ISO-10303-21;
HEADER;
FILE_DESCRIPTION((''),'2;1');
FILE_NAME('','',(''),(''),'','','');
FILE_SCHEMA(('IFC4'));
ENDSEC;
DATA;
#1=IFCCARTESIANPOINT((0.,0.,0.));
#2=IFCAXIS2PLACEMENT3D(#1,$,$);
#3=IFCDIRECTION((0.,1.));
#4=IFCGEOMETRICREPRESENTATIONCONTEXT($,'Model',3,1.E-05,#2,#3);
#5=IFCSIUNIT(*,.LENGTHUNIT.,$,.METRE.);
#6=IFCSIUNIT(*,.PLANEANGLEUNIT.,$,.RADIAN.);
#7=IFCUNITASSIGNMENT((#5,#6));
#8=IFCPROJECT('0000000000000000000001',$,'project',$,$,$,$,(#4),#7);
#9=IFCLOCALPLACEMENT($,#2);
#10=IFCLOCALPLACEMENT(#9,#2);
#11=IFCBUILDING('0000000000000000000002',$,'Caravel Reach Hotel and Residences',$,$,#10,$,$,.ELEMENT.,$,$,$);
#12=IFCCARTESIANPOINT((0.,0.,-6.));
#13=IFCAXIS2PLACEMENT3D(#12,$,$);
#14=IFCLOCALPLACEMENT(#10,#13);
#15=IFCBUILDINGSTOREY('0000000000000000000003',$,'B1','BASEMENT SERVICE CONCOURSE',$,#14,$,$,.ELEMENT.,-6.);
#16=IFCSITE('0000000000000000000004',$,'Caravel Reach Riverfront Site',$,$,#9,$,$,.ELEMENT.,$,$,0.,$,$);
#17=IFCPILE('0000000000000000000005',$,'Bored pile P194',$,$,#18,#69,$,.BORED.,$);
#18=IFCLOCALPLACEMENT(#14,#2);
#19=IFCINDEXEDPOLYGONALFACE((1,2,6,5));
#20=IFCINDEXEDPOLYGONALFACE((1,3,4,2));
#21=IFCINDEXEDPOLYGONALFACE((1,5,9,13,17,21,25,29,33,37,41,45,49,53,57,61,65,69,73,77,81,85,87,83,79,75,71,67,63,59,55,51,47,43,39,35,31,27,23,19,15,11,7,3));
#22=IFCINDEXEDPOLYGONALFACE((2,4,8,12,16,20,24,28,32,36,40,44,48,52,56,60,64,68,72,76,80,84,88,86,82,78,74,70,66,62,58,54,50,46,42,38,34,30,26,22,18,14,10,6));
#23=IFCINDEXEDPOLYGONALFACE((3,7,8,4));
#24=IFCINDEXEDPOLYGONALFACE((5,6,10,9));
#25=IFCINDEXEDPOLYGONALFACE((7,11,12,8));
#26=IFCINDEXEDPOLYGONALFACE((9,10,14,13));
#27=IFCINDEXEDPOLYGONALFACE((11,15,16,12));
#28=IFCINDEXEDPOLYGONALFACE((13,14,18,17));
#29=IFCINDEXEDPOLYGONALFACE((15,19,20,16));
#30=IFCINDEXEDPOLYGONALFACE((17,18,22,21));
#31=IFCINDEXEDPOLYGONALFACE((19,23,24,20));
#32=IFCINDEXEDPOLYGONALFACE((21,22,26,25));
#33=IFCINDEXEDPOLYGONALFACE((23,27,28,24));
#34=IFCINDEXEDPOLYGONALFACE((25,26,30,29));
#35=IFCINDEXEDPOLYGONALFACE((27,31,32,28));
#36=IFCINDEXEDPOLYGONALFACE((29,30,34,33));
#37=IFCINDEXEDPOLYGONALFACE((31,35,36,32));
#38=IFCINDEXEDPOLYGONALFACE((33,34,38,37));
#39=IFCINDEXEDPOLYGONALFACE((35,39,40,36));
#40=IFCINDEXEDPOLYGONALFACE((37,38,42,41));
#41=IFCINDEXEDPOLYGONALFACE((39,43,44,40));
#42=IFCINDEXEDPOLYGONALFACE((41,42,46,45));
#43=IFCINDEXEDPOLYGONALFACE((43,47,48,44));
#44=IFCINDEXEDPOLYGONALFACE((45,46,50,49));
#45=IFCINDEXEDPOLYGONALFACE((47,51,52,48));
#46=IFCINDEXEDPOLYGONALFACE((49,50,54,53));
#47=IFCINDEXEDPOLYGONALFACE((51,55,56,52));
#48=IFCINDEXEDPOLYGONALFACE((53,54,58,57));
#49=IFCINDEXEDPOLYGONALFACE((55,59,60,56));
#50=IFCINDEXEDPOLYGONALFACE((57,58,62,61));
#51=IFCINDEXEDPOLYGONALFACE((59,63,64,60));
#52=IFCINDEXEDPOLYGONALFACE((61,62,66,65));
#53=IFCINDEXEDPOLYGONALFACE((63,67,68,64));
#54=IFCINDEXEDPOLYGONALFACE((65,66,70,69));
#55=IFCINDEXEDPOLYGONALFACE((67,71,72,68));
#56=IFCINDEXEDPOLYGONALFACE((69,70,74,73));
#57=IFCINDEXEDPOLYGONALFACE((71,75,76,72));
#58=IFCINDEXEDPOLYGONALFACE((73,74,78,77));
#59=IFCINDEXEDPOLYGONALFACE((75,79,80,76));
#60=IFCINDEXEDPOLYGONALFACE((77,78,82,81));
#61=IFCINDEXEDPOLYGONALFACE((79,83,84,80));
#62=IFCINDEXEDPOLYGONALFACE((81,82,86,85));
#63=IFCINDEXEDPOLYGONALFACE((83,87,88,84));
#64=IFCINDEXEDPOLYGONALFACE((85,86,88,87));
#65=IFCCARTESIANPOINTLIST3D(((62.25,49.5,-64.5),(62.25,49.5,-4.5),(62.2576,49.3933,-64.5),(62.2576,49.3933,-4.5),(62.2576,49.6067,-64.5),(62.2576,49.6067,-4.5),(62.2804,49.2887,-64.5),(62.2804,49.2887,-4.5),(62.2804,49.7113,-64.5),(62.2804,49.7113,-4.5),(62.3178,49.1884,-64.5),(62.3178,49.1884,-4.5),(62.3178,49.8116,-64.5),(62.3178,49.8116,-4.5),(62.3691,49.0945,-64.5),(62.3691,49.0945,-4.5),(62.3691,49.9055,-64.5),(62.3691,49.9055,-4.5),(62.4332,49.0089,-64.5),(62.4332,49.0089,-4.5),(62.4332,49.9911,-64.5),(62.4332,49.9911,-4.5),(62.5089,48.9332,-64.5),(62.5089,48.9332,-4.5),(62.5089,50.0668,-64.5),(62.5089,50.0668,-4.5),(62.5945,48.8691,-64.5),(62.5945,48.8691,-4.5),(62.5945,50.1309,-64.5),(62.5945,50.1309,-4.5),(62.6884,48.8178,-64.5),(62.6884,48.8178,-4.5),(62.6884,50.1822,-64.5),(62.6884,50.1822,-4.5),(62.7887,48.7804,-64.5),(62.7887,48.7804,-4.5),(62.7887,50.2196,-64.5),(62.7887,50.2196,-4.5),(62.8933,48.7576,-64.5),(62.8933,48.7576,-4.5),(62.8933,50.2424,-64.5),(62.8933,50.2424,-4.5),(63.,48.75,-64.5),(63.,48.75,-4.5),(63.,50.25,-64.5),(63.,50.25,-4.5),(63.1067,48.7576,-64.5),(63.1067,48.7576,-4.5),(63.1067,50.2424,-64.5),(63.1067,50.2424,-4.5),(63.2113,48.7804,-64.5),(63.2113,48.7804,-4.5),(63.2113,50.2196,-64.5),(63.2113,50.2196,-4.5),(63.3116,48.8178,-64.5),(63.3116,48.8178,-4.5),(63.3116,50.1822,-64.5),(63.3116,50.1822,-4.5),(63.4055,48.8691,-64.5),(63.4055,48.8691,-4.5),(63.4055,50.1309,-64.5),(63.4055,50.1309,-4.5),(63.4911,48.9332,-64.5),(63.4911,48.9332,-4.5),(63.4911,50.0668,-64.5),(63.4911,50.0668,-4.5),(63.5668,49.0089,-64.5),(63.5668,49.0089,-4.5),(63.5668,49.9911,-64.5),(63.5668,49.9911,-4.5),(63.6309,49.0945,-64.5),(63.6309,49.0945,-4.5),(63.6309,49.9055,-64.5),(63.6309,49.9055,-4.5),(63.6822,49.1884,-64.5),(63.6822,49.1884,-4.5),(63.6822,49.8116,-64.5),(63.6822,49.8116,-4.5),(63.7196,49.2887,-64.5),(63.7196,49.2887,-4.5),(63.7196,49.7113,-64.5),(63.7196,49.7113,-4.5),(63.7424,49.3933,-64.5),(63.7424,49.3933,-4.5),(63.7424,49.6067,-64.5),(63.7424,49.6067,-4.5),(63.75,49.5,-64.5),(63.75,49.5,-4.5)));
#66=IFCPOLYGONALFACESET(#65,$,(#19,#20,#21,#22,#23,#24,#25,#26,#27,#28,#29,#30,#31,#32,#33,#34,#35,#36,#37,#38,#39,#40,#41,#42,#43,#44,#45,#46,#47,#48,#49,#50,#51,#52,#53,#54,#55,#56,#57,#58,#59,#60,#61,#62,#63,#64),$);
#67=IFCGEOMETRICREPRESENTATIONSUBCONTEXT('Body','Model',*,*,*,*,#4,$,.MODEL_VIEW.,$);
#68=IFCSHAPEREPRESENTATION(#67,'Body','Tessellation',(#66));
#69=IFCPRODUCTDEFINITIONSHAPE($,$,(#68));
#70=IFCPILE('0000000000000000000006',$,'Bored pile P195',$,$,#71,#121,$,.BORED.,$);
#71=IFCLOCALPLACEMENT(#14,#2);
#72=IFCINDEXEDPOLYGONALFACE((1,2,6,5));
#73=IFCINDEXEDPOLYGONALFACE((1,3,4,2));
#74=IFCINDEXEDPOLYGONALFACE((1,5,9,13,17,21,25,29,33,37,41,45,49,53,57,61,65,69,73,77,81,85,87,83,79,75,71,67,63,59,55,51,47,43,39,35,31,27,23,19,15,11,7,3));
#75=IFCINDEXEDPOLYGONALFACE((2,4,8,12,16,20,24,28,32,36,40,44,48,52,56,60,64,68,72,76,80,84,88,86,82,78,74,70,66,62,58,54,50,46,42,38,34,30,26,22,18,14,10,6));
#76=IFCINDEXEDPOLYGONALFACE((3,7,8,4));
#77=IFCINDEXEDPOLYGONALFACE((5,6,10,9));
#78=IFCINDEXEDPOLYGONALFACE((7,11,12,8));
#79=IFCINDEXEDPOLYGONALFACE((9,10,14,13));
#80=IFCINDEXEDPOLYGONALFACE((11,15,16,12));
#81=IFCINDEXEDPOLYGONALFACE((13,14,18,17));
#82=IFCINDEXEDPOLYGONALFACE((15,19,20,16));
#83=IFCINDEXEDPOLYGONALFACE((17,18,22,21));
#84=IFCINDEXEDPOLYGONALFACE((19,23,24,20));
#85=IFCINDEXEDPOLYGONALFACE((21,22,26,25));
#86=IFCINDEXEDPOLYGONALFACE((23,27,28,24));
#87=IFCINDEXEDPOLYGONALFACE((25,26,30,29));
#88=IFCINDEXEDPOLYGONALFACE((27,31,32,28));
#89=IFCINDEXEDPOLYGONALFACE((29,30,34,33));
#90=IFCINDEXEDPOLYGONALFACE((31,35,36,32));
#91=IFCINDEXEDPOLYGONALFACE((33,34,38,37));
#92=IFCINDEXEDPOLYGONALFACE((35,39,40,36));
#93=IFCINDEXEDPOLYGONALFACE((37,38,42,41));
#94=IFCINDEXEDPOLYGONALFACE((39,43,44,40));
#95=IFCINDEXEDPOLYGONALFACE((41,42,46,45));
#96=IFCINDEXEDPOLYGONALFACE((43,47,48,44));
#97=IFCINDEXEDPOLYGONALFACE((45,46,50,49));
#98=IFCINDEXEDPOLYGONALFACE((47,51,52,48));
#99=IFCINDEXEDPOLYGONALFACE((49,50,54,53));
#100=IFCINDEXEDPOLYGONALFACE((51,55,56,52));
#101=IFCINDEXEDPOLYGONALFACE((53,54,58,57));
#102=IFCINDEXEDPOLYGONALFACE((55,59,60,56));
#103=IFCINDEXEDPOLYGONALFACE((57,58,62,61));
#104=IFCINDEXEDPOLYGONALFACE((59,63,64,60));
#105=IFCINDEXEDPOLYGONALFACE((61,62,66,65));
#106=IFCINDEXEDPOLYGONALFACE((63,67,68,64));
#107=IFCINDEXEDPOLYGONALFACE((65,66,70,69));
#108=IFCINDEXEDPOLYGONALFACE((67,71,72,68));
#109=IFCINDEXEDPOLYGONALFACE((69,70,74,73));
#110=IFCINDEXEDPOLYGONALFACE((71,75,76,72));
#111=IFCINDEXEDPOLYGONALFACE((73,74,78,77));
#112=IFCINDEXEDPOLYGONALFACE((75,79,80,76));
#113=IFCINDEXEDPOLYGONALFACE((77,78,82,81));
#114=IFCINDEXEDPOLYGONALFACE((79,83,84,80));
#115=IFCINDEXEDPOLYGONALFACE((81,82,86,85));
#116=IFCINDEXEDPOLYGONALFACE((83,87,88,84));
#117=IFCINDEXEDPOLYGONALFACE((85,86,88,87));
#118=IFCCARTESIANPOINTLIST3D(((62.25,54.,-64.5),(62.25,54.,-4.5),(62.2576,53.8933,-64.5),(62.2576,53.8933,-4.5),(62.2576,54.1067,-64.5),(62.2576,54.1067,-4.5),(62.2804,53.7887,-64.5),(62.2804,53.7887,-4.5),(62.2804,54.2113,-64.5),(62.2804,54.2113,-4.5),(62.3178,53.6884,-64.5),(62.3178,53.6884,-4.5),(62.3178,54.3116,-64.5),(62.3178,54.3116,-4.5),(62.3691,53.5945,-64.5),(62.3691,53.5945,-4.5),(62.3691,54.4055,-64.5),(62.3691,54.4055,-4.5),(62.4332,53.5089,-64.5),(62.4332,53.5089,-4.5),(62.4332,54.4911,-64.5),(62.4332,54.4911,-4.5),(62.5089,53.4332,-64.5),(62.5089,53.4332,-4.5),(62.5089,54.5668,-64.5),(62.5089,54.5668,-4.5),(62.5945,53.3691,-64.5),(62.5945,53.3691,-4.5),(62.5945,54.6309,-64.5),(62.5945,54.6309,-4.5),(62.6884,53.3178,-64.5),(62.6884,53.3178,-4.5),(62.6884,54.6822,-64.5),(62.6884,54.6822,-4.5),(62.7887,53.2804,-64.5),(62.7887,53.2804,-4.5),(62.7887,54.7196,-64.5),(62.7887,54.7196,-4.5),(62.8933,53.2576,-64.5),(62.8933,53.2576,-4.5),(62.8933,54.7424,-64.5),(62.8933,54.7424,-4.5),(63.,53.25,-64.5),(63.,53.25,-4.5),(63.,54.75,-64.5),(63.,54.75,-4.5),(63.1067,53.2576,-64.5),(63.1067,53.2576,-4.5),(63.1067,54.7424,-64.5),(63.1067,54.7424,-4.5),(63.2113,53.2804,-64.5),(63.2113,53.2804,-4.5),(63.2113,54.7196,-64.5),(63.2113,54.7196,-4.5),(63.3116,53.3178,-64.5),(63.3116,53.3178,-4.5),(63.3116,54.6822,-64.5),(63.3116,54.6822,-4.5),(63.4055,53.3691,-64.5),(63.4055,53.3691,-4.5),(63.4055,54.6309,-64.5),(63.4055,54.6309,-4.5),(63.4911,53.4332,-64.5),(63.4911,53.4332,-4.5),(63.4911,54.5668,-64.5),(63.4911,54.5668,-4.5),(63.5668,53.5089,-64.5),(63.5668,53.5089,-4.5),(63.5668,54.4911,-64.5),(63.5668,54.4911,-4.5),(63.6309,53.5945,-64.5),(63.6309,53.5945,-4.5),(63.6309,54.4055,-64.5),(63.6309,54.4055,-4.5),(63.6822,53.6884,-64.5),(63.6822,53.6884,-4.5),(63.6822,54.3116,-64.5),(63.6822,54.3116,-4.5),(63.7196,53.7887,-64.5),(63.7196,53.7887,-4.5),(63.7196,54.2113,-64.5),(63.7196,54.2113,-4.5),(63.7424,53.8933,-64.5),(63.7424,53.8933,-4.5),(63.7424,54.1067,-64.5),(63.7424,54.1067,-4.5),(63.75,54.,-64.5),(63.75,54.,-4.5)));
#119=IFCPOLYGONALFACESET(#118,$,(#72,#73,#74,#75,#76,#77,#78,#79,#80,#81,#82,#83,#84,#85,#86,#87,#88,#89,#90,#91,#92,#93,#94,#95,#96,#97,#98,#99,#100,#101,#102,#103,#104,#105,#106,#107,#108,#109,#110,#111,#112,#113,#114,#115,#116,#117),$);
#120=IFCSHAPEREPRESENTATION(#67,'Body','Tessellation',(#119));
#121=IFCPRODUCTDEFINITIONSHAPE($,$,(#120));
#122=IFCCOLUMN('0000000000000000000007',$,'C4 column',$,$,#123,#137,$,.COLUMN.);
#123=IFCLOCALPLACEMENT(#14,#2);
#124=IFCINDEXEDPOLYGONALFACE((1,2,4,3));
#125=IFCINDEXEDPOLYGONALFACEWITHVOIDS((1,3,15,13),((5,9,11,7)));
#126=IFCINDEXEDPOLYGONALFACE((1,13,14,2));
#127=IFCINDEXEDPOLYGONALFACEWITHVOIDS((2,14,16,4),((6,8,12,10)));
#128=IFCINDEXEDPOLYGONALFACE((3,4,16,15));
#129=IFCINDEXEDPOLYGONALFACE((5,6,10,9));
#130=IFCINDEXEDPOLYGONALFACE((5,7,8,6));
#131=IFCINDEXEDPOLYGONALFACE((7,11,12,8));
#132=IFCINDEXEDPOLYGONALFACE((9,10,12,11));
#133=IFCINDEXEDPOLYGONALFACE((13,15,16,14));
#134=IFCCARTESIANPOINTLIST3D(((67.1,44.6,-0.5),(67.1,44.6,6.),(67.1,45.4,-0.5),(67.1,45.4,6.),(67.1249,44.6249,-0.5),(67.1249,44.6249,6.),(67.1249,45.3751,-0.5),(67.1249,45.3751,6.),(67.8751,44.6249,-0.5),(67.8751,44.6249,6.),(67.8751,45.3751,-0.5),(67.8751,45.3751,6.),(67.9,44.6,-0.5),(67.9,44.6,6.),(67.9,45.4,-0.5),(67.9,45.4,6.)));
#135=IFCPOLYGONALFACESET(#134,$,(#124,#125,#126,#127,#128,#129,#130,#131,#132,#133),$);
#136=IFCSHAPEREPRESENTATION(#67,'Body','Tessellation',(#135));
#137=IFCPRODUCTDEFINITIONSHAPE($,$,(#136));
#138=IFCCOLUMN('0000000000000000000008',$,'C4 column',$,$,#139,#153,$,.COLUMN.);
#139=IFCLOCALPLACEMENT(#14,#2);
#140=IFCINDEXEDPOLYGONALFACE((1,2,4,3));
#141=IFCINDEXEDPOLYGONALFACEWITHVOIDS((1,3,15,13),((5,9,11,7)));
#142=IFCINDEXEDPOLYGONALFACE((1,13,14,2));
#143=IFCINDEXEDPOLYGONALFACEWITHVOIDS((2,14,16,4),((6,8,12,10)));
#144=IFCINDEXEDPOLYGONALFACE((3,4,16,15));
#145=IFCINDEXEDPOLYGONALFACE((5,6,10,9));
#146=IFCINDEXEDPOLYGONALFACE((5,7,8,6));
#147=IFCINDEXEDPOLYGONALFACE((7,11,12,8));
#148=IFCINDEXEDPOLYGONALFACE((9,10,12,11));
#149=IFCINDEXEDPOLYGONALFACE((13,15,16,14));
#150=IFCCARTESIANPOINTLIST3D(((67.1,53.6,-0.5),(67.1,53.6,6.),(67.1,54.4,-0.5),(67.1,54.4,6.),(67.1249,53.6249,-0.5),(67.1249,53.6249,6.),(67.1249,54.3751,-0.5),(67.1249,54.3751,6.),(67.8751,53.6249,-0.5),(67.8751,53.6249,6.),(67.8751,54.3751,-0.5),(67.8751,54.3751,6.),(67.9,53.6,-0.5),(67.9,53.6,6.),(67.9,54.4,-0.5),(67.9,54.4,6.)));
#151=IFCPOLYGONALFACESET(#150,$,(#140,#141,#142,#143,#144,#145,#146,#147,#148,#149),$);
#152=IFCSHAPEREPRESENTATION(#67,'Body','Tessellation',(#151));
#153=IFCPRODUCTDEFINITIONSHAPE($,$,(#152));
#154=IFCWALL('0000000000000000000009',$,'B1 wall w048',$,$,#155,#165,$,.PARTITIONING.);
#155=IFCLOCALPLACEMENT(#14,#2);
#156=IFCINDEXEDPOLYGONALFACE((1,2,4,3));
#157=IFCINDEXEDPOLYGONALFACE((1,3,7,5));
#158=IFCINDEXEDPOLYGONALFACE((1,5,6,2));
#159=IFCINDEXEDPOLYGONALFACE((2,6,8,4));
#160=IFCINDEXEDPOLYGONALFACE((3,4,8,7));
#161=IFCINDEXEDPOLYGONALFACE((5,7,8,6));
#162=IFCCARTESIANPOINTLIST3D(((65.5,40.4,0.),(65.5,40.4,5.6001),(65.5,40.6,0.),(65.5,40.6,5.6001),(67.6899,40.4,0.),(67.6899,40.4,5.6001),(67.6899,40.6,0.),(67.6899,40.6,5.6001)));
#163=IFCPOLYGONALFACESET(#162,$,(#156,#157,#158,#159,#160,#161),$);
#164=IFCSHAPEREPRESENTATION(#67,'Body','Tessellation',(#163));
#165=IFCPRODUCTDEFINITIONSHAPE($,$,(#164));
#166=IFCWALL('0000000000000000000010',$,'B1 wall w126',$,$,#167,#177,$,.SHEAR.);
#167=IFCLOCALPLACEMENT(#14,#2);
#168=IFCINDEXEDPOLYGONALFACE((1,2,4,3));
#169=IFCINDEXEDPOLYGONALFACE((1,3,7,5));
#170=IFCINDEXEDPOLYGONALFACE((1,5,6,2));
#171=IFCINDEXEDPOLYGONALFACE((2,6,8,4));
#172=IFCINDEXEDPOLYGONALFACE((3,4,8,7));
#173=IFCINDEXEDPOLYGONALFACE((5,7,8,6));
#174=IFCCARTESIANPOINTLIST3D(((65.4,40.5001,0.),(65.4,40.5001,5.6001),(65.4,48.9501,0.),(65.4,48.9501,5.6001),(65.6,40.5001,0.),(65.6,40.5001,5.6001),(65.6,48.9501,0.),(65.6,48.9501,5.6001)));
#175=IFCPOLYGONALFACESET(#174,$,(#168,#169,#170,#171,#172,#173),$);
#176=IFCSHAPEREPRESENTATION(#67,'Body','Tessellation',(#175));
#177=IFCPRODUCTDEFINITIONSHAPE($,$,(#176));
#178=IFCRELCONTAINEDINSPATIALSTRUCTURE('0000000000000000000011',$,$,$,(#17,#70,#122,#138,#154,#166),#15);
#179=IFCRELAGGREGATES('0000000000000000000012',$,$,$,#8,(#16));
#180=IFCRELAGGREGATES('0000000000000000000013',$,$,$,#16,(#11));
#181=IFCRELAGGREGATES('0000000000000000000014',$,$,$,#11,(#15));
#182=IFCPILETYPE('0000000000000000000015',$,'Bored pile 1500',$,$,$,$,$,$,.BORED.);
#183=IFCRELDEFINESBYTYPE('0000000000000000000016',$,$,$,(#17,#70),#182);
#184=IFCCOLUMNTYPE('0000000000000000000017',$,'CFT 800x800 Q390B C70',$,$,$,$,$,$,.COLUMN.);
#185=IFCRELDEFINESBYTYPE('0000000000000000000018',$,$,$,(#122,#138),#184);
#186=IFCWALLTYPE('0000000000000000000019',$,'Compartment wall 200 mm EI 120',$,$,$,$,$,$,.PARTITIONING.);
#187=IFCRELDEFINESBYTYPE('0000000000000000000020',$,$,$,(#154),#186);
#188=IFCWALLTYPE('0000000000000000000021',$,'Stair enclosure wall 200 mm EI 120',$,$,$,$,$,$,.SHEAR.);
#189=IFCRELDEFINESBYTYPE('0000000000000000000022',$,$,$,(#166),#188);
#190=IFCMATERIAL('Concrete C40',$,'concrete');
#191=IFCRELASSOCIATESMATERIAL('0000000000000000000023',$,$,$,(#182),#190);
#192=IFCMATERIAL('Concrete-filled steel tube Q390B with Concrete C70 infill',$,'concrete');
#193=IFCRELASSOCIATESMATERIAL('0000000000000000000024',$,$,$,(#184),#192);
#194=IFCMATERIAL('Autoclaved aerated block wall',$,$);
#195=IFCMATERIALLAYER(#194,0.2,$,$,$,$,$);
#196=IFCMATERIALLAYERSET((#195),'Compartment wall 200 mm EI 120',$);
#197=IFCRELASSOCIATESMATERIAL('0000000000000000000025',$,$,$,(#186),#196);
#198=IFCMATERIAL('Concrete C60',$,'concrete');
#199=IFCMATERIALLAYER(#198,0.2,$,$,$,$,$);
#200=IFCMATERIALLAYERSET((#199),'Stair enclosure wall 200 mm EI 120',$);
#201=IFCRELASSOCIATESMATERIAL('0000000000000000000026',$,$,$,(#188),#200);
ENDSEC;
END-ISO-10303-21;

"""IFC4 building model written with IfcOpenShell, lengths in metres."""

from ifc_helpers import new_model, si_unit, direction, frame, frame_2d, origin, origin_2d, place, context, subcontext, project, spatial, rectangle, hollow_rectangle, circle, extrude, material, layer, layer_set, material_profile, profile_set, type_object, element, save


model = new_model("IFC4")

# Units and contexts
model_context = context("Model", 3, precision=1e-05, world=origin(), true_north=direction((0.0, 1.0)))
body_context = subcontext(model_context, "Body", "Model", "MODEL_VIEW")
ifc_project = project(units=[si_unit("LENGTHUNIT", "METRE"), si_unit("PLANEANGLEUNIT", "RADIAN")], contexts=[model_context])

# Site, building, storey
site_placement = place(None, origin())
site = spatial("IfcSite", under=ifc_project, at=site_placement, Name="Caravel Reach Riverfront Site", CompositionType="ELEMENT", RefElevation=0.0)
building_placement = place(site_placement, origin())
building = spatial("IfcBuilding", under=site, at=building_placement, Name="Caravel Reach Hotel and Residences", CompositionType="ELEMENT")
storey_placement = place(building_placement, frame((0.0, 0.0, -6.0)))
storey = spatial("IfcBuildingStorey", under=building, at=storey_placement, Name="B1", Description="BASEMENT SERVICE CONCOURSE", CompositionType="ELEMENT", Elevation=-6.0)

# Piles
ifc_material_1 = material(Name="Concrete C40", Category="concrete")
ifc_material_profile_1 = material_profile(ifc_material_1, circle(Radius=0.75, at=origin_2d()), Name="PILE 1500")
ifc_profile_set_1 = profile_set([ifc_material_profile_1], Name="Concrete C40")
pile_type_1 = type_object("IfcPileType", Name="Bored pile 1500", PredefinedType="BORED", material=ifc_profile_set_1)
for number, where, z_axis, x_axis, name in (
    (1, (63.0, 49.5, -4.5), (0.0, 0.0, -1.0), (1.0, 0.0, 0.0), "Bored pile P194"),
    (2, (63.0, 54.0, -4.5), (0.0, 0.0, -1.0), (1.0, 0.0, 0.0), "Bored pile P195"),
):
    element("IfcPile", number, at=place(storey_placement, frame(where, z_axis=z_axis, x_axis=x_axis)), inside=storey, type_object=pile_type_1, Name=name, PredefinedType="BORED", context=body_context, shape_type="SweptSolid", body=[
        extrude(circle(Radius=0.75, at=origin_2d()), origin(), (0.0, 0.0, 1.0), 60.0),
    ])

# Columns
ifc_material_2 = material(Name="Concrete-filled steel tube Q390B with Concrete C70 infill", Category="concrete")
ifc_material_profile_2 = material_profile(ifc_material_2, hollow_rectangle(XDim=0.8, YDim=0.8, WallThickness=0.0249, at=origin_2d()), Name="RHS 800x800x25")
ifc_profile_set_2 = profile_set([ifc_material_profile_2], Name="Concrete-filled steel tube Q390B with Concrete C70 infill")
column_type = type_object("IfcColumnType", Name="CFT 800x800 Q390B C70", PredefinedType="COLUMN", material=ifc_profile_set_2)
for number, where, z_axis, x_axis, name in (
    (3, (67.5, 45.0, -0.5), (0.0, 0.0, 1.0), (1.0, 0.0, 0.0), "C4 column"),
    (4, (67.5, 54.0, -0.5), (0.0, 0.0, 1.0), (1.0, 0.0, 0.0), "C4 column"),
):
    element("IfcColumn", number, at=place(storey_placement, frame(where, z_axis=z_axis, x_axis=x_axis)), inside=storey, type_object=column_type, Name=name, PredefinedType="COLUMN", context=body_context, shape_type="SweptSolid", body=[
        extrude(hollow_rectangle(XDim=0.8, YDim=0.8, WallThickness=0.0249, at=origin_2d()), origin(), (0.0, 0.0, 1.0), 6.5),
    ])

# Walls
ifc_material_3 = material(Name="Autoclaved aerated block wall")
ifc_layer_1 = layer(ifc_material_3, 0.2)
ifc_layer_set_1 = layer_set([ifc_layer_1], Name="Compartment wall 200 mm EI 120")
wall_type_1 = type_object("IfcWallType", Name="Compartment wall 200 mm EI 120", PredefinedType="PARTITIONING", material=ifc_layer_set_1)
wall_1_placement = place(storey_placement, frame((65.5, 40.5, 0.0), z_axis=(0.0, 0.0, 1.0), x_axis=(1.0, 0.0, 0.0)))
element("IfcWall", 5, at=wall_1_placement, inside=storey, type_object=wall_type_1, Name="B1 wall w048", PredefinedType="PARTITIONING", context=body_context, shape_type="SweptSolid", body=[
    extrude(rectangle(XDim=2.1899, YDim=0.2, at=frame_2d((1.095, 0.0))), origin(), (0.0, 0.0, 1.0), 5.6001),
])
ifc_material_4 = material(Name="Concrete C60", Category="concrete")
ifc_layer_2 = layer(ifc_material_4, 0.2)
ifc_layer_set_2 = layer_set([ifc_layer_2], Name="Stair enclosure wall 200 mm EI 120")
wall_type_2 = type_object("IfcWallType", Name="Stair enclosure wall 200 mm EI 120", PredefinedType="SHEAR", material=ifc_layer_set_2)
wall_2_placement = place(storey_placement, frame((65.5, 40.5, 0.0), z_axis=(0.0, 0.0, 1.0), x_axis=(0.0, 1.0, 0.0)))
element("IfcWall", 6, at=wall_2_placement, inside=storey, type_object=wall_type_2, Name="B1 wall w126", PredefinedType="SHEAR", context=body_context, shape_type="SweptSolid", body=[
    extrude(rectangle(XDim=8.45, YDim=0.2, at=frame_2d((4.2251, 0.0))), origin(), (0.0, 0.0, 1.0), 5.6001),
])

save(model, "model.ifc")
